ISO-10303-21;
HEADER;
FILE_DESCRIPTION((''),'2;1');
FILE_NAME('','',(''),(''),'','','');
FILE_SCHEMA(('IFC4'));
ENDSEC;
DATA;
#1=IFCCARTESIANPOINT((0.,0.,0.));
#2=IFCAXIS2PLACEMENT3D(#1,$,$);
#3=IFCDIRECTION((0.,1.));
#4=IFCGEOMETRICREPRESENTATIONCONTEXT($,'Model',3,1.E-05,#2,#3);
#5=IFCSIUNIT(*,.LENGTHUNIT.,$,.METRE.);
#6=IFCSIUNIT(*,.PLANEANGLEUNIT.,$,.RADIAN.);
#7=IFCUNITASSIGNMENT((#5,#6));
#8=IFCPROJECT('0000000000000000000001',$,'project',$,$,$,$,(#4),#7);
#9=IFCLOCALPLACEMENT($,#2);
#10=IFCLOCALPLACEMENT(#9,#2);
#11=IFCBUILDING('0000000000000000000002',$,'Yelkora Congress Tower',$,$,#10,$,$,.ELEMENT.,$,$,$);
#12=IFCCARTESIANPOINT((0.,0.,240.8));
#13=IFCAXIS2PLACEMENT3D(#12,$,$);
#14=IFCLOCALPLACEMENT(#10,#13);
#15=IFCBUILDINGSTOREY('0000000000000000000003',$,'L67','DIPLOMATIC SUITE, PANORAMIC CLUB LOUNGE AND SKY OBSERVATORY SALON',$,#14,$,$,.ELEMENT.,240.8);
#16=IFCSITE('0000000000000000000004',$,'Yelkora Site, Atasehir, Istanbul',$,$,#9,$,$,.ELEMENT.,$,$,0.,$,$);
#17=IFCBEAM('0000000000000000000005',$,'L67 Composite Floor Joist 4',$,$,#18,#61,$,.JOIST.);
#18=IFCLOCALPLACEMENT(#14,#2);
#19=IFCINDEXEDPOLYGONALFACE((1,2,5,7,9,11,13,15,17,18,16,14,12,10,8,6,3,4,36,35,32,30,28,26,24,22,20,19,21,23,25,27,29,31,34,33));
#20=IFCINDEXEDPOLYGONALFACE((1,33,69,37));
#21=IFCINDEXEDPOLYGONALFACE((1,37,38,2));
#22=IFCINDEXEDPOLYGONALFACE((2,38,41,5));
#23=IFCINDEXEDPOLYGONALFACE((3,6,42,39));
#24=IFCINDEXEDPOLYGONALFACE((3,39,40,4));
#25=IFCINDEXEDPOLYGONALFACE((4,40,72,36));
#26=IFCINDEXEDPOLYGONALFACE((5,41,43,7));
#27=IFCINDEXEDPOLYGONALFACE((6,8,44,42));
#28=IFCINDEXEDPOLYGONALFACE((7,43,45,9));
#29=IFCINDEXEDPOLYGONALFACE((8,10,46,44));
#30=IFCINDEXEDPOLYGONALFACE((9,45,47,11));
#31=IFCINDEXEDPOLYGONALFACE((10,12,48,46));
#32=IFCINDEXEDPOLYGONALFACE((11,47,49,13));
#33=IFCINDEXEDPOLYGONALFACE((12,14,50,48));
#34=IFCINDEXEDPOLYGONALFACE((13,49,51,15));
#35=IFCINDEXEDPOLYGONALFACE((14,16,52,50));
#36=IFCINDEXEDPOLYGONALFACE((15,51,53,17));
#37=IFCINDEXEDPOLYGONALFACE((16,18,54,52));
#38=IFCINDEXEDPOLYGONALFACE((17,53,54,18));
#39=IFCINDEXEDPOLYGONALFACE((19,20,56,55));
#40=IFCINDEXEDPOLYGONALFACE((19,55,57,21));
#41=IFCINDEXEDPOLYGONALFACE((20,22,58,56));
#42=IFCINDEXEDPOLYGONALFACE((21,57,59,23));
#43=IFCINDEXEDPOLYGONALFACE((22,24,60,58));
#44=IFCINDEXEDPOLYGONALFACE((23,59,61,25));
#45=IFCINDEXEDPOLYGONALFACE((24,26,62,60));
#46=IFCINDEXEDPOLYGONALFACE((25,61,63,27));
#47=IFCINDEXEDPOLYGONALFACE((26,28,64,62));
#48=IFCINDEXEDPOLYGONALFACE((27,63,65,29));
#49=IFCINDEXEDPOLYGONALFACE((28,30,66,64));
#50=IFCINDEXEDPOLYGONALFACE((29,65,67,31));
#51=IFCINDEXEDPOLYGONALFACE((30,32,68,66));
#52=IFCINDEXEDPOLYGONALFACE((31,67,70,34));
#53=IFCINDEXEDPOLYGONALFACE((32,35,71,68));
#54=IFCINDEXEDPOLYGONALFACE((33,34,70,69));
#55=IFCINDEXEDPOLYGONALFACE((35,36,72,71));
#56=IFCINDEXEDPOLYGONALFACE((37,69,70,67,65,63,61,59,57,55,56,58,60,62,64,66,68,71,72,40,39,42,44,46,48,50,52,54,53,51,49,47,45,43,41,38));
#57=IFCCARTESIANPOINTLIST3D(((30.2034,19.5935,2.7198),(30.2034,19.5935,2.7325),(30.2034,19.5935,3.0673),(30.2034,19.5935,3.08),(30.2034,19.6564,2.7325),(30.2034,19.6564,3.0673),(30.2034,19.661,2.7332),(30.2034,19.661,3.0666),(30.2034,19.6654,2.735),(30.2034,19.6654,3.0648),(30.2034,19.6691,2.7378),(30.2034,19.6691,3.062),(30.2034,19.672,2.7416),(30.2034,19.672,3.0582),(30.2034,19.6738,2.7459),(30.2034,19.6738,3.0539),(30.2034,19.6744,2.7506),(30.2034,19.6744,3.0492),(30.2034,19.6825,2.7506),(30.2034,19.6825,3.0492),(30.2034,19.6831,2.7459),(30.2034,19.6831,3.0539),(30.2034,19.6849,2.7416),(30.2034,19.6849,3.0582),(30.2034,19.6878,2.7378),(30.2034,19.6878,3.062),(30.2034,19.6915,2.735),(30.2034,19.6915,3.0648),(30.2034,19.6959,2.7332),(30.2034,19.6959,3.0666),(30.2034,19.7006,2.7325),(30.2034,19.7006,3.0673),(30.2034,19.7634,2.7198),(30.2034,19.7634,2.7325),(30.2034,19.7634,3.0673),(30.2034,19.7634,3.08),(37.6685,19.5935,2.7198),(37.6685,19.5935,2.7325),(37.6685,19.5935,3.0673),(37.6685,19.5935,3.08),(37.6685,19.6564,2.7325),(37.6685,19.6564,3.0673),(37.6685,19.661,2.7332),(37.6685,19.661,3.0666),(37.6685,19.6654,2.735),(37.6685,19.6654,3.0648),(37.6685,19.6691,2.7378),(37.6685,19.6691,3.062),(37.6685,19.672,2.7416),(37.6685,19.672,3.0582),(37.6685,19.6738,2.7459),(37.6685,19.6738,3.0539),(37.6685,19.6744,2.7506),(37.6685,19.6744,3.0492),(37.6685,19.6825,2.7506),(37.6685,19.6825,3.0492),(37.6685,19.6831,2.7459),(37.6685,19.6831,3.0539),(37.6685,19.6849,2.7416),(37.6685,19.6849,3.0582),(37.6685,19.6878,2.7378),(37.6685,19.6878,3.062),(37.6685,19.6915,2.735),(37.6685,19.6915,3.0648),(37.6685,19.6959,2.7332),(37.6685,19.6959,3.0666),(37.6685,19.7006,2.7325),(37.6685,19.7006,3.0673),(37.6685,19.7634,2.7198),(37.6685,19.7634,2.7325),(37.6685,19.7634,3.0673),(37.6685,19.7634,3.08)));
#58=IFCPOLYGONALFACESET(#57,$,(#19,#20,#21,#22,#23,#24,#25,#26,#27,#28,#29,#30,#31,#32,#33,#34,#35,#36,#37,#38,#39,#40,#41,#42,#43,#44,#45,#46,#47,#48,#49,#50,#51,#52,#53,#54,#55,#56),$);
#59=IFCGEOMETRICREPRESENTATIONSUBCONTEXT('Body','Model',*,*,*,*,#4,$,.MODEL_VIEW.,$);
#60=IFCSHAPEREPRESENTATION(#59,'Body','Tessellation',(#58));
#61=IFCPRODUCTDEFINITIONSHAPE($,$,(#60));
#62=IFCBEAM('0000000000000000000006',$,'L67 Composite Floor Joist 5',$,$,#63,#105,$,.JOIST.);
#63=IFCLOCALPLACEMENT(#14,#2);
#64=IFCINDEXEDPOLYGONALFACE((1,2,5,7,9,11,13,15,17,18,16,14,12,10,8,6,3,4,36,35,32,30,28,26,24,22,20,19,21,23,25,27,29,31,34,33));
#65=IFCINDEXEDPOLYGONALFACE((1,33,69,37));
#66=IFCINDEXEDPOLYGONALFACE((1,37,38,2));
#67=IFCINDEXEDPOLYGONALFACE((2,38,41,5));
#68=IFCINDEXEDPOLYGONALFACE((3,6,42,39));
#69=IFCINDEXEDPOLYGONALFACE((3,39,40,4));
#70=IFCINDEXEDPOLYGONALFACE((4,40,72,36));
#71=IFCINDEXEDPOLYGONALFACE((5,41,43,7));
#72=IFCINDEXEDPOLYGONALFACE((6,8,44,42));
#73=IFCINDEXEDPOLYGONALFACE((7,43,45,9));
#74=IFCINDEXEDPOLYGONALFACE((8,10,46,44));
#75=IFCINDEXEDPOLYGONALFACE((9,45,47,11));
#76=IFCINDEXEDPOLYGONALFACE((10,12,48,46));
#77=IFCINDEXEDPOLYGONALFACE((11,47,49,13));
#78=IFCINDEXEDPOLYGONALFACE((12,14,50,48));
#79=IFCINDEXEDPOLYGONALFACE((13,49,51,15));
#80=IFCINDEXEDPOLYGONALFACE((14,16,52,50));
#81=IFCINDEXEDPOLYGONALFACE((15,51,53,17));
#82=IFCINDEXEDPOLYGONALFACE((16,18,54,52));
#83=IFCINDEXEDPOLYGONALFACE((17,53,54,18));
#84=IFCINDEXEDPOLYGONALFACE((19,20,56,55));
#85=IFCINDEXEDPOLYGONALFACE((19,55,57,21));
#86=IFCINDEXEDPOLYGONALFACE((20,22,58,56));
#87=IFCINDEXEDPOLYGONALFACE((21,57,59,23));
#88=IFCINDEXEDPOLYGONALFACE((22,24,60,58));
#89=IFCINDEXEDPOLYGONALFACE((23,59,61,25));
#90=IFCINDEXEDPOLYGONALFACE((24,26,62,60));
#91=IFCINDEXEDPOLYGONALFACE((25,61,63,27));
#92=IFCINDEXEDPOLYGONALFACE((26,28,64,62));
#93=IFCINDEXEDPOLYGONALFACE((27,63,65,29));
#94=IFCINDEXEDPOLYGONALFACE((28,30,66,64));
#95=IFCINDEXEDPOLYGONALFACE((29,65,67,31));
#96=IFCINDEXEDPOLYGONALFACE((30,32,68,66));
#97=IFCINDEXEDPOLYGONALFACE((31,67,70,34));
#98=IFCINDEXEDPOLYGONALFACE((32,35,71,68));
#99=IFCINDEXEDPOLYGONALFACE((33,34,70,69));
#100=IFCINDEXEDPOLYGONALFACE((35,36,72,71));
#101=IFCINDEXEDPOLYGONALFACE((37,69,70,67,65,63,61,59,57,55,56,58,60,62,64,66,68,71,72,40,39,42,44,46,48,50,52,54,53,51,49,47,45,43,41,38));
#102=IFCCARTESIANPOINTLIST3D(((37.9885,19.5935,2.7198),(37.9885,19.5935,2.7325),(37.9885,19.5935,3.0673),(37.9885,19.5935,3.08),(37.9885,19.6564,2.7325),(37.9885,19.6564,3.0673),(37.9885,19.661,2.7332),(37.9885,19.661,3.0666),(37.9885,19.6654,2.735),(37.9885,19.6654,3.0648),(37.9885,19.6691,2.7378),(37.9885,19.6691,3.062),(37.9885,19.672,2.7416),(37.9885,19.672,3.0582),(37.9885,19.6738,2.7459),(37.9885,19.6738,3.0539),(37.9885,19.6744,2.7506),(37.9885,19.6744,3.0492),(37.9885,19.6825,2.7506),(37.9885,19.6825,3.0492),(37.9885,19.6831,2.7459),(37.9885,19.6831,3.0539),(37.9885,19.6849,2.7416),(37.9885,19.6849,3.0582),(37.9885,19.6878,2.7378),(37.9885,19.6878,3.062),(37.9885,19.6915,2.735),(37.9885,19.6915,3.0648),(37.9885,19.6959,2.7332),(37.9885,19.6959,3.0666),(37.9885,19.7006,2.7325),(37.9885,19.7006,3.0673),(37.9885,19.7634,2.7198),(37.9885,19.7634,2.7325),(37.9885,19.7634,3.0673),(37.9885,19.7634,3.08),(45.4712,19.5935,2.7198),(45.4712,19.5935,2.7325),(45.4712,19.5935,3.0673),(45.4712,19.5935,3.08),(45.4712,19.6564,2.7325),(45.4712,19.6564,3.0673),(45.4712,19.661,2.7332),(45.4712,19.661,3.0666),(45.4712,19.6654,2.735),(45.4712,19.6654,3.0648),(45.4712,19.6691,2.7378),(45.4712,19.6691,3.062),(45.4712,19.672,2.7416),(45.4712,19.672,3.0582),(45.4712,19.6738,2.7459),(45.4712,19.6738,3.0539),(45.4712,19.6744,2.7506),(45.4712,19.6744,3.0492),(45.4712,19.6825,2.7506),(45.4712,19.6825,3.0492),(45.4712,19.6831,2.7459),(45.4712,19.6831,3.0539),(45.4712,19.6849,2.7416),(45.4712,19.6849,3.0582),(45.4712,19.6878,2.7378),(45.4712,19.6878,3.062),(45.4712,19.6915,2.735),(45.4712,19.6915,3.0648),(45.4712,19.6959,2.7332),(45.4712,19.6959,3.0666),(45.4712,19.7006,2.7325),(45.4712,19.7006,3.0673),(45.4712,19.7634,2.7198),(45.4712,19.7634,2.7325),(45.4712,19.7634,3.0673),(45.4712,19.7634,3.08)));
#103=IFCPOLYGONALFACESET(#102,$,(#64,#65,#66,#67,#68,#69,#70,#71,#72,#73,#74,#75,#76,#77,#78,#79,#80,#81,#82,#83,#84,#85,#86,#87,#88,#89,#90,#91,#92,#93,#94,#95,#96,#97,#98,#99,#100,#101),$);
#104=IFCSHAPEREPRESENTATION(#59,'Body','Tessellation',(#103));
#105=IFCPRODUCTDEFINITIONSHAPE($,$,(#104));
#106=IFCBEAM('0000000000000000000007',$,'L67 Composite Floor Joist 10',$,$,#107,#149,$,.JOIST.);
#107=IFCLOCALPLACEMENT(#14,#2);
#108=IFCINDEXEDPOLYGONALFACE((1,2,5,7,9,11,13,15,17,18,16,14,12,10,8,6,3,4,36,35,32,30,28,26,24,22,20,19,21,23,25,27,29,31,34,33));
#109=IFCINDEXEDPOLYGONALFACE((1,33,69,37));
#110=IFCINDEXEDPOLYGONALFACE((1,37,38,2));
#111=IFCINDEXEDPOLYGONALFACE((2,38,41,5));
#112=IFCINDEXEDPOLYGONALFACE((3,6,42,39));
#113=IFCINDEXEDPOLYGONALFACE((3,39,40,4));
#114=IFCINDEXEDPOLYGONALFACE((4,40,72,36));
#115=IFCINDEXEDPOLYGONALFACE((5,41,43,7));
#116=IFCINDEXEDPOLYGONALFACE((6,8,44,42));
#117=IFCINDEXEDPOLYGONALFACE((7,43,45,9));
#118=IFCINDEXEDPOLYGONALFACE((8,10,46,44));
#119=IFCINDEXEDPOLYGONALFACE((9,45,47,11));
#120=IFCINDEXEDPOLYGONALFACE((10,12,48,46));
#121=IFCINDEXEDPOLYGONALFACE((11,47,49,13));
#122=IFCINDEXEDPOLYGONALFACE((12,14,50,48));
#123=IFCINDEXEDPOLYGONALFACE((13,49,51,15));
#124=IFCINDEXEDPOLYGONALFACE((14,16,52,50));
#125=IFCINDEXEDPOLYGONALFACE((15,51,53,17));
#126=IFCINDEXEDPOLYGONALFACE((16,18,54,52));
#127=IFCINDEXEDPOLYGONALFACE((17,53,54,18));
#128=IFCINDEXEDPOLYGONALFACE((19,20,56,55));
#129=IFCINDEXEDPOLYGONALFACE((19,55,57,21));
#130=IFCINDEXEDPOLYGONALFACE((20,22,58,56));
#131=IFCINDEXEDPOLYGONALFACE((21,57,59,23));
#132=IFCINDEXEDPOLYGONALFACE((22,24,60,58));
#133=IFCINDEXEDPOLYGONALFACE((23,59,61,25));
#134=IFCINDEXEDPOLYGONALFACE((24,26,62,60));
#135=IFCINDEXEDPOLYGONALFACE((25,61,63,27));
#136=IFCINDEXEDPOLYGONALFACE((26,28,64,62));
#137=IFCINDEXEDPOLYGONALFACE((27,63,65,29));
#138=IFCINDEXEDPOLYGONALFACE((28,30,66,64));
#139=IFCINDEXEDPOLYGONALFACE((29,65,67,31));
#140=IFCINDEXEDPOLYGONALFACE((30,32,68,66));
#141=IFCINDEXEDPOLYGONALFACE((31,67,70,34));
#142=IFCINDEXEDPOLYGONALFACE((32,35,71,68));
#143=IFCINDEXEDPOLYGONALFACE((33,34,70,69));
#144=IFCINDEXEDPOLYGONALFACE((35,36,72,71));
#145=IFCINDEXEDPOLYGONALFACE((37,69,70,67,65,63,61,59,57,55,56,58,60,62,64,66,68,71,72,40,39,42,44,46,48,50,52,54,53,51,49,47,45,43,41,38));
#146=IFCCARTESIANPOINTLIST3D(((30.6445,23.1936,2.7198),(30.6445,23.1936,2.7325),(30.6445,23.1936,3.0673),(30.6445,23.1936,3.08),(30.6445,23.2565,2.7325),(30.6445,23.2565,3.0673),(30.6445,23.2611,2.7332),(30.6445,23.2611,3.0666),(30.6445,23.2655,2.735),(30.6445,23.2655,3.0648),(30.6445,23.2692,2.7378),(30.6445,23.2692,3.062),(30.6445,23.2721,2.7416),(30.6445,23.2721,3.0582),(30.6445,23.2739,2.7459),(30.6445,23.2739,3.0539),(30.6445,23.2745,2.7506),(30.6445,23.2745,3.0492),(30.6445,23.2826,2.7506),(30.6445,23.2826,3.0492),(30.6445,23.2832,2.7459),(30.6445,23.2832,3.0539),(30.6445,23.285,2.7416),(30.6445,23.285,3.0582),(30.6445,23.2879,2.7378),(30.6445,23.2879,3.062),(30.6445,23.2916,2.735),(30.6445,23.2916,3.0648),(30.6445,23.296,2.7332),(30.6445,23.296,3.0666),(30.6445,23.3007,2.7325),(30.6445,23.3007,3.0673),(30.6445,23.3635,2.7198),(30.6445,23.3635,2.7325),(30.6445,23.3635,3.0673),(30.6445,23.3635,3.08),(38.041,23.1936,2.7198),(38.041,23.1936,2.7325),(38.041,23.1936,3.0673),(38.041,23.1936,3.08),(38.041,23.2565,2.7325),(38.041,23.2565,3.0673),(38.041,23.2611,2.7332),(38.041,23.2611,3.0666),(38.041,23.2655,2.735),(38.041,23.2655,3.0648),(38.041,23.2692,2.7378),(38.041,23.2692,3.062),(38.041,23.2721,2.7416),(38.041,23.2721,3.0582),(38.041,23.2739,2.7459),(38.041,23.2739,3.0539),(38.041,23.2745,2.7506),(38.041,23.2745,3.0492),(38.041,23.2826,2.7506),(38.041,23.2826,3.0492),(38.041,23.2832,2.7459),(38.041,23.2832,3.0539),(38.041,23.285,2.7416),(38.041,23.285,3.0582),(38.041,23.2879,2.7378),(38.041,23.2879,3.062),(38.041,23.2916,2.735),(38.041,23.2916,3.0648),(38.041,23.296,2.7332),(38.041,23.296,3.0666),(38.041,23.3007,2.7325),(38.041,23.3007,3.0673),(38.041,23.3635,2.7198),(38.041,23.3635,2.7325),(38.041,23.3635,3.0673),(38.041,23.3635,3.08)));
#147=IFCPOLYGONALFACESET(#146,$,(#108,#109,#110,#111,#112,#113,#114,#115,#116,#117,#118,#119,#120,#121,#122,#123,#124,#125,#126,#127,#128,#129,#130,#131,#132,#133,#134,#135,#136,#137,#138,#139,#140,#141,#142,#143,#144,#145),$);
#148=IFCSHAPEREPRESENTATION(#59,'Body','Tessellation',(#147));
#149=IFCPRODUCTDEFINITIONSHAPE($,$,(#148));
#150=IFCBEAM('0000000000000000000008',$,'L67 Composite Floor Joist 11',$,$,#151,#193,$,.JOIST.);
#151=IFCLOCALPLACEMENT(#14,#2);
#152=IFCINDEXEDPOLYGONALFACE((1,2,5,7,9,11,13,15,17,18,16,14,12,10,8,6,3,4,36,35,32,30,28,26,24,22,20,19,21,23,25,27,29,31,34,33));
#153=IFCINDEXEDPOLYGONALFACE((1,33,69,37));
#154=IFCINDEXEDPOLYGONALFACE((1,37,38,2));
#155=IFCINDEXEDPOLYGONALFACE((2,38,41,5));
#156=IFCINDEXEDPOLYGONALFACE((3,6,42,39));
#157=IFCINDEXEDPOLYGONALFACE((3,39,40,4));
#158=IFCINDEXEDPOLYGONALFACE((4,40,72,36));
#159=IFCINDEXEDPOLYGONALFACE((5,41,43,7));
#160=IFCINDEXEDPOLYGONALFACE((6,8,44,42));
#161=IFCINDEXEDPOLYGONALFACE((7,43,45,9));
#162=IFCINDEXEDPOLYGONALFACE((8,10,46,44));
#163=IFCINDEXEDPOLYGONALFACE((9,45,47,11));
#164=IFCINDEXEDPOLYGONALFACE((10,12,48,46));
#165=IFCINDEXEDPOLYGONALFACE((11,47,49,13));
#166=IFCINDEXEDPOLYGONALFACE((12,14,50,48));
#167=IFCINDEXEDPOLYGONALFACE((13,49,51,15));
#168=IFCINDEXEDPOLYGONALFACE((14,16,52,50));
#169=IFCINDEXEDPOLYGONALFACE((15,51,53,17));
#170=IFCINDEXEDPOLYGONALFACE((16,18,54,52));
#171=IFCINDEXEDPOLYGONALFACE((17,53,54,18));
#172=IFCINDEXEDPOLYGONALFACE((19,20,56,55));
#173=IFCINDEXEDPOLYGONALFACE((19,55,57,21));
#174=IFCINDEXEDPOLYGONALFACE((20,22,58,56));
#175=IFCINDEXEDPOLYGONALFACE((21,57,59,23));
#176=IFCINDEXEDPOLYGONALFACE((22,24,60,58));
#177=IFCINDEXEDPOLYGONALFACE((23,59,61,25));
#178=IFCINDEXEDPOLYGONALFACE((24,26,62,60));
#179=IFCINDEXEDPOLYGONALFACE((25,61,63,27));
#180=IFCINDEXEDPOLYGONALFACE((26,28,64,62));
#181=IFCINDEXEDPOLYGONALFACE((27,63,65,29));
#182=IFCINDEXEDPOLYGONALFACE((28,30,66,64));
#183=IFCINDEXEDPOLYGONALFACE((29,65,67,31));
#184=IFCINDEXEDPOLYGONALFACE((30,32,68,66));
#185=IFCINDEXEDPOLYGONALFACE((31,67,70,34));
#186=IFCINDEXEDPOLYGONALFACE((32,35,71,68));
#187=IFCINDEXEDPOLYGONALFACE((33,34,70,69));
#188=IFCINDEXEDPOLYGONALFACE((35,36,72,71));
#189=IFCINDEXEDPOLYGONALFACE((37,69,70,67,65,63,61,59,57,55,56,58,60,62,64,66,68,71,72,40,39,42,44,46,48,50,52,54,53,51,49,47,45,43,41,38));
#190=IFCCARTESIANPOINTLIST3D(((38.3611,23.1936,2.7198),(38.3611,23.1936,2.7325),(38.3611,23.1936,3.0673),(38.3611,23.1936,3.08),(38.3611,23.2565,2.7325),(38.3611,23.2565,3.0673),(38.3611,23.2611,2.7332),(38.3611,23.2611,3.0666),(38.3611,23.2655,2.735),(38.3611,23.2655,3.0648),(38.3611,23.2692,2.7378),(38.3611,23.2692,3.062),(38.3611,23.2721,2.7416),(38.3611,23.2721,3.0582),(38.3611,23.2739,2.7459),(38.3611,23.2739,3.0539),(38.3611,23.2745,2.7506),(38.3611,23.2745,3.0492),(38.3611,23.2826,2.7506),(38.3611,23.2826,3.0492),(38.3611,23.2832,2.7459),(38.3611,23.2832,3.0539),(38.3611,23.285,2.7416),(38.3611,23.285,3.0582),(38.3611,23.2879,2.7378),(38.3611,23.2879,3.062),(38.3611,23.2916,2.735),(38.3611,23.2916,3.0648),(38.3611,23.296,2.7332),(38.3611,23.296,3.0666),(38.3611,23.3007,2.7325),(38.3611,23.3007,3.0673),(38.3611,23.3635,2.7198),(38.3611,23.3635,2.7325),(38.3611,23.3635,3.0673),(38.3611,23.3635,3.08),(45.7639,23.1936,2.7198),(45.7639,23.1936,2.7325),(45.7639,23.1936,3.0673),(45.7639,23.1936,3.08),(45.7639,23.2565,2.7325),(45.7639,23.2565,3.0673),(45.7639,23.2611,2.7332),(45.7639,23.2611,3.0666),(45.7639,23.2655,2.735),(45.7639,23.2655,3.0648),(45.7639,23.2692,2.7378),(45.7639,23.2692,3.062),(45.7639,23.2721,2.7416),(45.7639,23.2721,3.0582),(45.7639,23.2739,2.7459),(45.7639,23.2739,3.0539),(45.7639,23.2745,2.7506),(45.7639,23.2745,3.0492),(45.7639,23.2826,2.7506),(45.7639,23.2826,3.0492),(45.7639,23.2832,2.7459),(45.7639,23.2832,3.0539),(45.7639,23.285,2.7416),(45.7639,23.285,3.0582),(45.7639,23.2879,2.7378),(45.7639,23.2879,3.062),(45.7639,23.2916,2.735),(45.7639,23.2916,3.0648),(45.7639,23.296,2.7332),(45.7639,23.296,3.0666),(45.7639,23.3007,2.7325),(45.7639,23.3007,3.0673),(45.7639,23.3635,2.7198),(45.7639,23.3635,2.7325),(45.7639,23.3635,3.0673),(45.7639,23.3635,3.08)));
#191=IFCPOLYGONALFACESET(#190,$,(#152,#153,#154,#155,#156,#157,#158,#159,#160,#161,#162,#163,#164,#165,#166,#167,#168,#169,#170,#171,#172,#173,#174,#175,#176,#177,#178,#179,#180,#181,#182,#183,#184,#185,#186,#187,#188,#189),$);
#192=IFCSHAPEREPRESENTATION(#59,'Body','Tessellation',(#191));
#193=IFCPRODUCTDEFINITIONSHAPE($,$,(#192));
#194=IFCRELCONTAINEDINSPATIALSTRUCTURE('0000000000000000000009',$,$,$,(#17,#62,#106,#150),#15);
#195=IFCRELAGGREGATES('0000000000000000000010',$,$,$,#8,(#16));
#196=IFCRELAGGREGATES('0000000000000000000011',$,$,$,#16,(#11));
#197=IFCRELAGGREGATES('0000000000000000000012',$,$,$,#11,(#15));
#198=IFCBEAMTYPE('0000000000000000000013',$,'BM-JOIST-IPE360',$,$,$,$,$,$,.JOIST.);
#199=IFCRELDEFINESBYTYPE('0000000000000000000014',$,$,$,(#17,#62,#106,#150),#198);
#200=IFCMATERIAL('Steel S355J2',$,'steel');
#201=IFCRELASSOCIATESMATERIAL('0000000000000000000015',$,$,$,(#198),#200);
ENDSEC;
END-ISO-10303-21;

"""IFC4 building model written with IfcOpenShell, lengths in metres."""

from ifc_helpers import new_model, si_unit, direction, frame, origin, origin_2d, place, context, subcontext, project, spatial, i_section, extrude, material, material_profile, profile_set, type_object, element, save


model = new_model("IFC4")

# Units and contexts
model_context = context("Model", 3, precision=1e-05, world=origin(), true_north=direction((0.0, 1.0)))
body_context = subcontext(model_context, "Body", "Model", "MODEL_VIEW")
ifc_project = project(units=[si_unit("LENGTHUNIT", "METRE"), si_unit("PLANEANGLEUNIT", "RADIAN")], contexts=[model_context])

# Site, building, storey
site_placement = place(None, origin())
site = spatial("IfcSite", under=ifc_project, at=site_placement, Name="Yelkora Site, Atasehir, Istanbul", CompositionType="ELEMENT", RefElevation=0.0)
building_placement = place(site_placement, origin())
building = spatial("IfcBuilding", under=site, at=building_placement, Name="Yelkora Congress Tower", CompositionType="ELEMENT")
storey_placement = place(building_placement, frame((0.0, 0.0, 240.8)))
storey = spatial("IfcBuildingStorey", under=building, at=storey_placement, Name="L67", Description="DIPLOMATIC SUITE, PANORAMIC CLUB LOUNGE AND SKY OBSERVATORY SALON", CompositionType="ELEMENT", Elevation=240.8)

# Beams
ifc_material_1 = material(Name="Steel S355J2", Category="steel")
ifc_material_profile = material_profile(ifc_material_1, i_section(OverallWidth=0.1699, OverallDepth=0.3601, WebThickness=0.0081, FlangeThickness=0.0127, FilletRadius=0.0181, at=origin_2d()), Name="IPE 360")
ifc_profile_set = profile_set([ifc_material_profile], Name="Steel S355J2")
beam_type = type_object("IfcBeamType", Name="BM-JOIST-IPE360", PredefinedType="JOIST", material=ifc_profile_set)
beam_1_placement = place(storey_placement, frame((30.2034, 19.6785, 2.8999), z_axis=(1.0, 0.0, 0.0), x_axis=(0.0, 1.0, 0.0)))
element("IfcBeam", 1, at=beam_1_placement, inside=storey, type_object=beam_type, Name="L67 Composite Floor Joist 4", PredefinedType="JOIST", context=body_context, shape_type="SweptSolid", body=[
    extrude(i_section(OverallWidth=0.1699, OverallDepth=0.3601, WebThickness=0.0081, FlangeThickness=0.0127, FilletRadius=0.0181, at=origin_2d()), origin(), (0.0, 0.0, 1.0), 7.4651),
])
beam_2_placement = place(storey_placement, frame((37.9885, 19.6785, 2.8999), z_axis=(1.0, 0.0, 0.0), x_axis=(0.0, 1.0, 0.0)))
element("IfcBeam", 2, at=beam_2_placement, inside=storey, type_object=beam_type, Name="L67 Composite Floor Joist 5", PredefinedType="JOIST", context=body_context, shape_type="SweptSolid", body=[
    extrude(i_section(OverallWidth=0.1699, OverallDepth=0.3601, WebThickness=0.0081, FlangeThickness=0.0127, FilletRadius=0.0181, at=origin_2d()), origin(), (0.0, 0.0, 1.0), 7.4827),
])
beam_3_placement = place(storey_placement, frame((30.6445, 23.2786, 2.8999), z_axis=(1.0, 0.0, 0.0), x_axis=(0.0, 1.0, 0.0)))
element("IfcBeam", 3, at=beam_3_placement, inside=storey, type_object=beam_type, Name="L67 Composite Floor Joist 10", PredefinedType="JOIST", context=body_context, shape_type="SweptSolid", body=[
    extrude(i_section(OverallWidth=0.1699, OverallDepth=0.3601, WebThickness=0.0081, FlangeThickness=0.0127, FilletRadius=0.0181, at=origin_2d()), origin(), (0.0, 0.0, 1.0), 7.3965),
])
beam_4_placement = place(storey_placement, frame((38.3611, 23.2786, 2.8999), z_axis=(1.0, 0.0, 0.0), x_axis=(0.0, 1.0, 0.0)))
element("IfcBeam", 4, at=beam_4_placement, inside=storey, type_object=beam_type, Name="L67 Composite Floor Joist 11", PredefinedType="JOIST", context=body_context, shape_type="SweptSolid", body=[
    extrude(i_section(OverallWidth=0.1699, OverallDepth=0.3601, WebThickness=0.0081, FlangeThickness=0.0127, FilletRadius=0.0181, at=origin_2d()), origin(), (0.0, 0.0, 1.0), 7.4028),
])

save(model, "model.ifc")
